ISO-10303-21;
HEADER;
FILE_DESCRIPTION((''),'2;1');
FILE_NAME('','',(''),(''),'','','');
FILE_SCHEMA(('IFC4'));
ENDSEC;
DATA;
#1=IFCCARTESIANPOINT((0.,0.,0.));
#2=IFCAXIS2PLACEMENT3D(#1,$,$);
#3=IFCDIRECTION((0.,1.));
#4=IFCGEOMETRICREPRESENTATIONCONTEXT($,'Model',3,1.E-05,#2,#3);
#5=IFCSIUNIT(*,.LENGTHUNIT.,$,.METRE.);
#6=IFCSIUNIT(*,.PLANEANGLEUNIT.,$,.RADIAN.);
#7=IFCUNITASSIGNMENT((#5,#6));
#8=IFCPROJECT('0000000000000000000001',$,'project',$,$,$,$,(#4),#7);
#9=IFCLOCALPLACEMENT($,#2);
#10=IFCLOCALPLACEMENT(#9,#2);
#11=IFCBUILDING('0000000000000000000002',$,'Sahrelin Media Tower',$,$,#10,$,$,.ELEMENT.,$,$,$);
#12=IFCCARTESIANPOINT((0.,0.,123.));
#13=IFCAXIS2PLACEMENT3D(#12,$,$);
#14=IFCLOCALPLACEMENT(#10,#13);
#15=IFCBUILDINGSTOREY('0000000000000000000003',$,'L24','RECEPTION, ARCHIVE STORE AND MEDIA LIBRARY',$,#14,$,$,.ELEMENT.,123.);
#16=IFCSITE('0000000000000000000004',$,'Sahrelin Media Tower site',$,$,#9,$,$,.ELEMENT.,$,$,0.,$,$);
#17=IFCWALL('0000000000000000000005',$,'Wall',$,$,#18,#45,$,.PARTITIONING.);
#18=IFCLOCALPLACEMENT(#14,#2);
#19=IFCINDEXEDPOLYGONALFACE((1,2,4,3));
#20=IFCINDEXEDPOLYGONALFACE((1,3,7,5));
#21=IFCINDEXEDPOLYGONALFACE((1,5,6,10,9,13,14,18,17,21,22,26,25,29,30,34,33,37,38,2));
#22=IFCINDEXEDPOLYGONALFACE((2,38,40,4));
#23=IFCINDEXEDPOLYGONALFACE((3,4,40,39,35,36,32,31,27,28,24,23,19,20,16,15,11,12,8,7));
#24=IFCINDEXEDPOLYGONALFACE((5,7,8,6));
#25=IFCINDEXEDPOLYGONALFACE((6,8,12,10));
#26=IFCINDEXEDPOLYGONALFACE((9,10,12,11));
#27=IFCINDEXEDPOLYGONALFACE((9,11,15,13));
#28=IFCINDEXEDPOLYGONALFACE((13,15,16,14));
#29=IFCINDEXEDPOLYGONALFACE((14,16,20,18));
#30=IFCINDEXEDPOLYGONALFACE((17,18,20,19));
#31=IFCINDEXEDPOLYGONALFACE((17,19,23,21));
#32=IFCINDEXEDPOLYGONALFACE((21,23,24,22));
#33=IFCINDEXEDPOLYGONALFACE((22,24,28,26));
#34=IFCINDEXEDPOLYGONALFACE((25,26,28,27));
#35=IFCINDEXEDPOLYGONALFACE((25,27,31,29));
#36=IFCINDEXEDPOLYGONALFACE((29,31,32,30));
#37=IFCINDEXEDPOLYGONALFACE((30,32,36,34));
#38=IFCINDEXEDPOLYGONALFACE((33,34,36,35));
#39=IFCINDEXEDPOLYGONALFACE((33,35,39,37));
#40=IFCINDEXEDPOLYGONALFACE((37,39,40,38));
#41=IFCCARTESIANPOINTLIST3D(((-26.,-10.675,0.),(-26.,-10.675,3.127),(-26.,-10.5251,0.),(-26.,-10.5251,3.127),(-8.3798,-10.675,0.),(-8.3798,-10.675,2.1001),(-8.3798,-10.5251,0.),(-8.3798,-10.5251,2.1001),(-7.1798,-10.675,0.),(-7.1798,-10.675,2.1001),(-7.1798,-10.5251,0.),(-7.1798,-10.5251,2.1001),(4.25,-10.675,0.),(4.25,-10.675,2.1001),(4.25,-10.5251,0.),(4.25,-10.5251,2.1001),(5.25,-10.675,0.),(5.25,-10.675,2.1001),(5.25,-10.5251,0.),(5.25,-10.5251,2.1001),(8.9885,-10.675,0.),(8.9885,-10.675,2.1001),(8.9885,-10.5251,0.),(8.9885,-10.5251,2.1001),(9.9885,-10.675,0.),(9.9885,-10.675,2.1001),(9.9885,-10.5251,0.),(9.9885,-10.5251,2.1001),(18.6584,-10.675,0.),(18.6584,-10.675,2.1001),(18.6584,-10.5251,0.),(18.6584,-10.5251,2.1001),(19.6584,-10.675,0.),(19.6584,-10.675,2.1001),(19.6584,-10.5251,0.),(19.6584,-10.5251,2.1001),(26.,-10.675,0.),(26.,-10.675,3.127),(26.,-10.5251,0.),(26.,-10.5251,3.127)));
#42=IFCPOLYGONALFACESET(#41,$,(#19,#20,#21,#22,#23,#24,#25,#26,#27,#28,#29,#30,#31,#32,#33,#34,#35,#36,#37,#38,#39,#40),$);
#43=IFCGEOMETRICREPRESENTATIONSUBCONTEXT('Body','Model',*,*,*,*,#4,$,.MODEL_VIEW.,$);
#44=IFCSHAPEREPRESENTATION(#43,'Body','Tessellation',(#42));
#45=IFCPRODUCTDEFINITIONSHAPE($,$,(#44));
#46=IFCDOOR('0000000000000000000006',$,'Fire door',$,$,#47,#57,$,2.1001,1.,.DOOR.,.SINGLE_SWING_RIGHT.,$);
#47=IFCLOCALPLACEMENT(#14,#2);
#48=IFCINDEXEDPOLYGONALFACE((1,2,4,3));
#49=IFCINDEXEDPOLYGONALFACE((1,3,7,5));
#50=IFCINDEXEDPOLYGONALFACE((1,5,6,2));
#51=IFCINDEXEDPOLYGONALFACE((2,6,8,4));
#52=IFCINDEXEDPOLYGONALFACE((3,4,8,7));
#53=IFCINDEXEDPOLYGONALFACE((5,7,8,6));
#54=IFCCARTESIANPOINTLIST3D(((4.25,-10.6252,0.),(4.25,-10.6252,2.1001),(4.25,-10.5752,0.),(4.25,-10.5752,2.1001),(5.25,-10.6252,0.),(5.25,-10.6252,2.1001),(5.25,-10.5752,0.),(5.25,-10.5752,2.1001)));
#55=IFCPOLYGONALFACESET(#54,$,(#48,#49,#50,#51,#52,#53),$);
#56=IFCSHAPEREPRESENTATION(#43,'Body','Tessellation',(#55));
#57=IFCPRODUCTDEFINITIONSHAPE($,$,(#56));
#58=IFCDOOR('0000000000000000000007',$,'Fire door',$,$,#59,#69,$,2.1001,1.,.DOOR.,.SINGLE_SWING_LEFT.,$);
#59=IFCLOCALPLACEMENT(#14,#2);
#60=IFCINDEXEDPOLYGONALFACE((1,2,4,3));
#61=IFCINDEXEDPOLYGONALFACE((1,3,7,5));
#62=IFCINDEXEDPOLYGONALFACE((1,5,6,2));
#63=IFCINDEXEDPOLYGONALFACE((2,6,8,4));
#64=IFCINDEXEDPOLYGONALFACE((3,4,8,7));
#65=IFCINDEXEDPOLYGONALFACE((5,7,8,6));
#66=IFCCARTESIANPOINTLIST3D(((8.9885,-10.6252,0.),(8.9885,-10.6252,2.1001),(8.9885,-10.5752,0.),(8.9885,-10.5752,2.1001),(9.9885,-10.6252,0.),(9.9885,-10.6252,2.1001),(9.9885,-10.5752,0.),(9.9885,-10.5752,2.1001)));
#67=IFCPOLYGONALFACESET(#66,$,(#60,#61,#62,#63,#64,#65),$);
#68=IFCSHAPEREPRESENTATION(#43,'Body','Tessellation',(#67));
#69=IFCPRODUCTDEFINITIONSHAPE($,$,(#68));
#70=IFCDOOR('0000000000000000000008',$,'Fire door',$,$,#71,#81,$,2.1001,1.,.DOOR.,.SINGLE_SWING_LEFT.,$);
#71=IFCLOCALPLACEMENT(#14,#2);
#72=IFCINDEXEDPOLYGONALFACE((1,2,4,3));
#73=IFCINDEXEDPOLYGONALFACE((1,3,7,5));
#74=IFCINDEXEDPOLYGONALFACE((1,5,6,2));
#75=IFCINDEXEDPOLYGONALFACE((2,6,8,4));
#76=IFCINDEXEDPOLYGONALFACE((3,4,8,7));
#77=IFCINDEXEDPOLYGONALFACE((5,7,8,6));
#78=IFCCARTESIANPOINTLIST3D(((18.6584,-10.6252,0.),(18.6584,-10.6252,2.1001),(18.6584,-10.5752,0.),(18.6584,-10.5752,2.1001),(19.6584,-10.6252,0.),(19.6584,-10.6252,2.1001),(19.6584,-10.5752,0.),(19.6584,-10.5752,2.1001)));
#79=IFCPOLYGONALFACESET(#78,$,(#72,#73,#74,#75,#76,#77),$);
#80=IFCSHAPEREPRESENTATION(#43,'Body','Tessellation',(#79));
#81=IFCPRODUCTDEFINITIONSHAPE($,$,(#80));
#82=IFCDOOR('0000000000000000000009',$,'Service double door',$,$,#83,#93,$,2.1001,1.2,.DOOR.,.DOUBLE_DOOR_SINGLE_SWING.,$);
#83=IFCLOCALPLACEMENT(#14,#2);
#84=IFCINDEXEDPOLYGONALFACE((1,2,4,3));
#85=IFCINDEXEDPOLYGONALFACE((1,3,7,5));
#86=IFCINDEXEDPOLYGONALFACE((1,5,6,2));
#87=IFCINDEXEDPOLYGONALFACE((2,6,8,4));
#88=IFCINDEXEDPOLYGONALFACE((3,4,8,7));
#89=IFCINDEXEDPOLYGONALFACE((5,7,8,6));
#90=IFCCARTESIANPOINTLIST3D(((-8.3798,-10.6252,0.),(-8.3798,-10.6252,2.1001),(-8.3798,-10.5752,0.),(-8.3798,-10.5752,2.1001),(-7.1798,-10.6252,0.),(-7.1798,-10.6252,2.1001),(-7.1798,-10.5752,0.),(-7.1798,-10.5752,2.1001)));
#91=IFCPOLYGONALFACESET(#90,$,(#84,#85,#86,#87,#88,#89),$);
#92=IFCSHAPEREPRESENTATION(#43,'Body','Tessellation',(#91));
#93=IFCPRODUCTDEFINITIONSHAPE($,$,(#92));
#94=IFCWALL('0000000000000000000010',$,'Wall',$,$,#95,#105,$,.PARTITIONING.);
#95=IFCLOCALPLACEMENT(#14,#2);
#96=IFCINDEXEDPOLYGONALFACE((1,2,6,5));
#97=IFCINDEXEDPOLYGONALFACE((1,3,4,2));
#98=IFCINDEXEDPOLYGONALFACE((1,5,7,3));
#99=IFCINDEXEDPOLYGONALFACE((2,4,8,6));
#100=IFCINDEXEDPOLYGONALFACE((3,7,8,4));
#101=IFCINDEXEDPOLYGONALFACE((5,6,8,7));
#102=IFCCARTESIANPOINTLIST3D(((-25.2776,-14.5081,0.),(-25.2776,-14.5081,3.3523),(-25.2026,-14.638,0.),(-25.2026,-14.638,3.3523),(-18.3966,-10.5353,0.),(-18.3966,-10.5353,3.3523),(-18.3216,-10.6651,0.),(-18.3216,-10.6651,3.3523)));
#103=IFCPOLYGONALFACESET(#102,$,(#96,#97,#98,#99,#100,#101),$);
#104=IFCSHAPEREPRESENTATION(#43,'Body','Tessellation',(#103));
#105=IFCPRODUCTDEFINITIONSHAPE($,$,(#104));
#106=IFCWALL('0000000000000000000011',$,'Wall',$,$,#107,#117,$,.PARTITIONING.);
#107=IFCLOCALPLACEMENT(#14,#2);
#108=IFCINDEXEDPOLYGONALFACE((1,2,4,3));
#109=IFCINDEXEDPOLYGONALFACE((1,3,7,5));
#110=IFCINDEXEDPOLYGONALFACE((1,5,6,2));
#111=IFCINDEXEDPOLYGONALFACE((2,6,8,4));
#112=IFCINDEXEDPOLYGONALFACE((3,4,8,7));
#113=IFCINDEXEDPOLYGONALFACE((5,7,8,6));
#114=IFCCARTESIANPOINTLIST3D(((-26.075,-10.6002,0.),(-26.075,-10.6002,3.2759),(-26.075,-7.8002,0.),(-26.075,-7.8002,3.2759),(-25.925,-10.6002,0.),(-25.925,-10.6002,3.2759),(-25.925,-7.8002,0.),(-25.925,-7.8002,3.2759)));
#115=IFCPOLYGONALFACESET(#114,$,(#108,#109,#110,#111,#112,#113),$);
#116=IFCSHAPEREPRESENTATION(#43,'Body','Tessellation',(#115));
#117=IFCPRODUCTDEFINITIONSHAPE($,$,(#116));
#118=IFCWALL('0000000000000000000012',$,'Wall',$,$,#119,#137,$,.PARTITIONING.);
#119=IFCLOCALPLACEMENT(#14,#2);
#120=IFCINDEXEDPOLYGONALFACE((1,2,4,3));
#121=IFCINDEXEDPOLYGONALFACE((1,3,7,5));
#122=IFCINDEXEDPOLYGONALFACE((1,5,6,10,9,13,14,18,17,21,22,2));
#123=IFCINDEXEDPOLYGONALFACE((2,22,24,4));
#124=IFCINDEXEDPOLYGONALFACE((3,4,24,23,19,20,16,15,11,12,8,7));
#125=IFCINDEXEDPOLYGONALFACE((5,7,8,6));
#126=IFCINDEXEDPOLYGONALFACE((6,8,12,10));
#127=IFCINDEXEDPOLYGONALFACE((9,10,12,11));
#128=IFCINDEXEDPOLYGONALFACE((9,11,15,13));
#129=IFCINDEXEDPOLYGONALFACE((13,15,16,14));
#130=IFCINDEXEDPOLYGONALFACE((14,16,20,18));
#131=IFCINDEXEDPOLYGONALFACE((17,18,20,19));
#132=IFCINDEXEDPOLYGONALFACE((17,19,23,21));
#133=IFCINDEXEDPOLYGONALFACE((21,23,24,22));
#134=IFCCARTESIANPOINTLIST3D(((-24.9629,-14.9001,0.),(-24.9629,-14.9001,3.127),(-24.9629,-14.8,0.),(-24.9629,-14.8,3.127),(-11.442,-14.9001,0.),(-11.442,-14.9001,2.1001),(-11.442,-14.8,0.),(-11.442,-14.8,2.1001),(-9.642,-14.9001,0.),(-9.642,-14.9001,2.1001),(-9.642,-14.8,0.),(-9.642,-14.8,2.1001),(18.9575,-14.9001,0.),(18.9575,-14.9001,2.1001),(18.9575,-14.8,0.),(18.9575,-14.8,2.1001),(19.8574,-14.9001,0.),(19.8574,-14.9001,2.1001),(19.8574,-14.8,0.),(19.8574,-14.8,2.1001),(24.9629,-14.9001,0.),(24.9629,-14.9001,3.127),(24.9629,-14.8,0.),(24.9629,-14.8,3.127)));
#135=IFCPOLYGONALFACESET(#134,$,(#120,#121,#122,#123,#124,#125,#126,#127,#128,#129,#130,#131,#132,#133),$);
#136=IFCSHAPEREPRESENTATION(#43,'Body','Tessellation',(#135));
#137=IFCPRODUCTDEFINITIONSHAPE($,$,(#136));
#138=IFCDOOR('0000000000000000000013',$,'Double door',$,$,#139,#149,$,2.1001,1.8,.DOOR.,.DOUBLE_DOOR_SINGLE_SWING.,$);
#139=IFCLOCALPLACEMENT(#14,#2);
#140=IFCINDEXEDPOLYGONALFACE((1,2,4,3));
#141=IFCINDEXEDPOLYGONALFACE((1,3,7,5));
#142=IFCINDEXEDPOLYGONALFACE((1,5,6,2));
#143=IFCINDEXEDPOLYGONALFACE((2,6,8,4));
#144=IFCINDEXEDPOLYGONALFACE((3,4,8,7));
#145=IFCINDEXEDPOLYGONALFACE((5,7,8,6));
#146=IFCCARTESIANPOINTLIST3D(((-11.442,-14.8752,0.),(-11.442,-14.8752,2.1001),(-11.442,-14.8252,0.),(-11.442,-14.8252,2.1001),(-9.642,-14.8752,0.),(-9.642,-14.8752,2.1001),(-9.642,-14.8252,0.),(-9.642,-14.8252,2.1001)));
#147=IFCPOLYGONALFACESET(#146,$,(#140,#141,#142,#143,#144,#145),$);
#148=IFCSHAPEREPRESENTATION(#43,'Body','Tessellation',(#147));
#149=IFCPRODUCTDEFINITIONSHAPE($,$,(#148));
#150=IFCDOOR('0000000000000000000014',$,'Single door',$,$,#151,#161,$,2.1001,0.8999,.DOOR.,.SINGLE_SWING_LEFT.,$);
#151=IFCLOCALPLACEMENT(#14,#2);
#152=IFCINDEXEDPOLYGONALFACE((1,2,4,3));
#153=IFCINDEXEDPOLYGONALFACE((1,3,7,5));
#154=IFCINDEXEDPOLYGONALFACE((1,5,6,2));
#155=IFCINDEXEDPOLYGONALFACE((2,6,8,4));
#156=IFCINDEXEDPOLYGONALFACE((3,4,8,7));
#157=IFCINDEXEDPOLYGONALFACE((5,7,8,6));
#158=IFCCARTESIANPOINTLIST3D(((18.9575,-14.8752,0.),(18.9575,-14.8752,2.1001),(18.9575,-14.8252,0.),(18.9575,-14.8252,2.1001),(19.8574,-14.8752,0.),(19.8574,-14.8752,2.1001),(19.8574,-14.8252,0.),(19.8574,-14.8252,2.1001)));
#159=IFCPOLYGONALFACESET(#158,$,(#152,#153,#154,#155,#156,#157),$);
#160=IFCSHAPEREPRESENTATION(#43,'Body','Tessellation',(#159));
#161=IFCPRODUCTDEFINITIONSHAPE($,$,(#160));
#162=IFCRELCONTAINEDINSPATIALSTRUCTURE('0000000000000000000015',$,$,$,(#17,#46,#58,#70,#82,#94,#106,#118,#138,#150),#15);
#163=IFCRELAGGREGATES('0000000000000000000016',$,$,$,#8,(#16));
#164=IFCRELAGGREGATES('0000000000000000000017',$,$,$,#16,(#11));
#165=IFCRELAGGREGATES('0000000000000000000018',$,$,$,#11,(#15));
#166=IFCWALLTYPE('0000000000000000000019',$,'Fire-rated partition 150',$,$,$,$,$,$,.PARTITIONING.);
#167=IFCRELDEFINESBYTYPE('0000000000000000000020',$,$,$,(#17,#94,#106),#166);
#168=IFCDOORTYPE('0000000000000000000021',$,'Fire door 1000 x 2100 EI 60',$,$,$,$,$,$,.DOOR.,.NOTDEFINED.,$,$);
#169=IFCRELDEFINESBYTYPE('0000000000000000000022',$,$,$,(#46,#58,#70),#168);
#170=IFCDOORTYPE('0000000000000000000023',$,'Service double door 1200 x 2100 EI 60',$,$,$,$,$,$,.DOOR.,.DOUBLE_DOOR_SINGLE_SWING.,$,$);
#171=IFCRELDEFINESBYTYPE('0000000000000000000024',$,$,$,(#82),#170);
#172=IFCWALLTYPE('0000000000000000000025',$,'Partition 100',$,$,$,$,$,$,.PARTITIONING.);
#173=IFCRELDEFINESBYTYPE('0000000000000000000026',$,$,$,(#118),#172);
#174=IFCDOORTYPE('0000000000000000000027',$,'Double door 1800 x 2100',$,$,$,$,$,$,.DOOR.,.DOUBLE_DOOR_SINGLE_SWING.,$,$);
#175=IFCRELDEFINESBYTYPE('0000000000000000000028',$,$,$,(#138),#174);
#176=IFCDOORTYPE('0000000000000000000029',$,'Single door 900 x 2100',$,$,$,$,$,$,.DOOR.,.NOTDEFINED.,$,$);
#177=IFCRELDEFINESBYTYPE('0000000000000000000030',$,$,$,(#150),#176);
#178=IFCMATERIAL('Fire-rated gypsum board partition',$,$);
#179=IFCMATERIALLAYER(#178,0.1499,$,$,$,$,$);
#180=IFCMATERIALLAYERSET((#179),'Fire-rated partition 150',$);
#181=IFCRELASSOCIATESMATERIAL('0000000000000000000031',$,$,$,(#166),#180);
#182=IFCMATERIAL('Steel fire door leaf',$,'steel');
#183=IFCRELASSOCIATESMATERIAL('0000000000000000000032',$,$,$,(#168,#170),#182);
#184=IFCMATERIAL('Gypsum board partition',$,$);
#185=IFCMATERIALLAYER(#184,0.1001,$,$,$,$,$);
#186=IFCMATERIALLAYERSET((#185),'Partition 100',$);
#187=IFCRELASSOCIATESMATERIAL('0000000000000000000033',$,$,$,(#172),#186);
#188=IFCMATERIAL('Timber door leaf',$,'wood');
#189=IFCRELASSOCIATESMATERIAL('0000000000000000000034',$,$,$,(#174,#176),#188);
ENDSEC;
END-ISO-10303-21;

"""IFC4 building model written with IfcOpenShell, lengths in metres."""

from ifc_helpers import new_model, si_unit, direction, frame, frame_2d, origin, place, context, subcontext, project, spatial, rectangle, extrude, material, layer, layer_set, type_object, element, fill, save


model = new_model("IFC4")

# Units and contexts
model_context = context("Model", 3, precision=1e-05, world=origin(), true_north=direction((0.0, 1.0)))
body_context = subcontext(model_context, "Body", "Model", "MODEL_VIEW")
ifc_project = project(units=[si_unit("LENGTHUNIT", "METRE"), si_unit("PLANEANGLEUNIT", "RADIAN")], contexts=[model_context])

# Site, building, storey
site_placement = place(None, origin())
site = spatial("IfcSite", under=ifc_project, at=site_placement, Name="Sahrelin Media Tower site", CompositionType="ELEMENT", RefElevation=0.0)
building_placement = place(site_placement, origin())
building = spatial("IfcBuilding", under=site, at=building_placement, Name="Sahrelin Media Tower", CompositionType="ELEMENT")
storey_placement = place(building_placement, frame((0.0, 0.0, 123.0)))
storey = spatial("IfcBuildingStorey", under=building, at=storey_placement, Name="L24", Description="RECEPTION, ARCHIVE STORE AND MEDIA LIBRARY", CompositionType="ELEMENT", Elevation=123.0)

# Wall, openings, doors
ifc_material_1 = material(Name="Fire-rated gypsum board partition")
ifc_layer_1 = layer(ifc_material_1, 0.1499)
ifc_layer_set_1 = layer_set([ifc_layer_1], Name="Fire-rated partition 150")
wall_type_1 = type_object("IfcWallType", Name="Fire-rated partition 150", PredefinedType="PARTITIONING", material=ifc_layer_set_1)
wall_1_placement = place(storey_placement, frame((-26.0, -10.6001, 0.0), z_axis=(0.0, 0.0, 1.0), x_axis=(1.0, 0.0, 0.0)))
wall_1 = element("IfcWall", 1, at=wall_1_placement, inside=storey, type_object=wall_type_1, Name="Wall", PredefinedType="PARTITIONING", context=body_context, shape_type="SweptSolid", body=[
    extrude(rectangle(XDim=52.0, YDim=0.1499, at=frame_2d((26.0, 0.0))), origin(), (0.0, 0.0, 1.0), 3.127),
])
opening_1_placement = place(wall_1_placement, frame((17.6201, 0.0, 0.0)))
opening_1 = element("IfcOpeningElement", 2, at=opening_1_placement, cuts=wall_1, PredefinedType="OPENING", context=body_context, shape_type="SweptSolid", body=[
    extrude(rectangle(XDim=1.2, YDim=2.1001, at=frame_2d((0.6001, 1.05))), frame((0.0, 0.075, 0.0), z_axis=(0.0, -1.0, 0.0), x_axis=(1.0, 0.0, 0.0)), (0.0, 0.0, 1.0), 0.1499),
])
opening_2_placement = place(wall_1_placement, frame((30.25, 0.0, 0.0)))
opening_2 = element("IfcOpeningElement", 3, at=opening_2_placement, cuts=wall_1, PredefinedType="OPENING", context=body_context, shape_type="SweptSolid", body=[
    extrude(rectangle(XDim=1.0, YDim=2.1001, at=frame_2d((0.5, 1.05))), frame((0.0, 0.075, 0.0), z_axis=(0.0, -1.0, 0.0), x_axis=(1.0, 0.0, 0.0)), (0.0, 0.0, 1.0), 0.1499),
])
opening_3_placement = place(wall_1_placement, frame((34.9885, 0.0, 0.0)))
opening_3 = element("IfcOpeningElement", 4, at=opening_3_placement, cuts=wall_1, PredefinedType="OPENING", context=body_context, shape_type="SweptSolid", body=[
    extrude(rectangle(XDim=1.0, YDim=2.1001, at=frame_2d((0.5, 1.05))), frame((0.0, 0.075, 0.0), z_axis=(0.0, -1.0, 0.0), x_axis=(1.0, 0.0, 0.0)), (0.0, 0.0, 1.0), 0.1499),
])
opening_4_placement = place(wall_1_placement, frame((44.6584, 0.0, 0.0)))
opening_4 = element("IfcOpeningElement", 5, at=opening_4_placement, cuts=wall_1, PredefinedType="OPENING", context=body_context, shape_type="SweptSolid", body=[
    extrude(rectangle(XDim=1.0, YDim=2.1001, at=frame_2d((0.5, 1.05))), frame((0.0, 0.075, 0.0), z_axis=(0.0, -1.0, 0.0), x_axis=(1.0, 0.0, 0.0)), (0.0, 0.0, 1.0), 0.1499),
])
ifc_material_2 = material(Name="Steel fire door leaf", Category="steel")
door_type_1 = type_object("IfcDoorType", Name="Fire door 1000 x 2100 EI 60", OperationType="NOTDEFINED", PredefinedType="DOOR", material=ifc_material_2)
door_1_placement = place(opening_2_placement, origin())
door_1 = element("IfcDoor", 6, at=door_1_placement, inside=storey, type_object=door_type_1, Name="Fire door", OperationType="SINGLE_SWING_RIGHT", OverallHeight=2.1001, OverallWidth=1.0, PredefinedType="DOOR", context=body_context, shape_type="SweptSolid", body=[
    extrude(rectangle(XDim=1.0, YDim=2.1001, at=frame_2d((0.5, 1.05))), frame((0.0, 0.0249, 0.0), z_axis=(0.0, -1.0, 0.0), x_axis=(1.0, 0.0, 0.0)), (0.0, 0.0, 1.0), 0.05),
])
fill(opening_2, door_1)
door_2_placement = place(opening_3_placement, origin())
door_2 = element("IfcDoor", 7, at=door_2_placement, inside=storey, type_object=door_type_1, Name="Fire door", OperationType="SINGLE_SWING_LEFT", OverallHeight=2.1001, OverallWidth=1.0, PredefinedType="DOOR", context=body_context, shape_type="SweptSolid", body=[
    extrude(rectangle(XDim=1.0, YDim=2.1001, at=frame_2d((0.5, 1.05))), frame((0.0, 0.0249, 0.0), z_axis=(0.0, -1.0, 0.0), x_axis=(1.0, 0.0, 0.0)), (0.0, 0.0, 1.0), 0.05),
])
fill(opening_3, door_2)
door_3_placement = place(opening_4_placement, origin())
door_3 = element("IfcDoor", 8, at=door_3_placement, inside=storey, type_object=door_type_1, Name="Fire door", OperationType="SINGLE_SWING_LEFT", OverallHeight=2.1001, OverallWidth=1.0, PredefinedType="DOOR", context=body_context, shape_type="SweptSolid", body=[
    extrude(rectangle(XDim=1.0, YDim=2.1001, at=frame_2d((0.5, 1.05))), frame((0.0, 0.0249, 0.0), z_axis=(0.0, -1.0, 0.0), x_axis=(1.0, 0.0, 0.0)), (0.0, 0.0, 1.0), 0.05),
])
fill(opening_4, door_3)
door_type_2 = type_object("IfcDoorType", Name="Service double door 1200 x 2100 EI 60", OperationType="DOUBLE_DOOR_SINGLE_SWING", PredefinedType="DOOR", material=ifc_material_2)
door_4_placement = place(opening_1_placement, origin())
door_4 = element("IfcDoor", 9, at=door_4_placement, inside=storey, type_object=door_type_2, Name="Service double door", OperationType="DOUBLE_DOOR_SINGLE_SWING", OverallHeight=2.1001, OverallWidth=1.2, PredefinedType="DOOR", context=body_context, shape_type="SweptSolid", body=[
    extrude(rectangle(XDim=1.2, YDim=2.1001, at=frame_2d((0.6001, 1.05))), frame((0.0, 0.0249, 0.0), z_axis=(0.0, -1.0, 0.0), x_axis=(1.0, 0.0, 0.0)), (0.0, 0.0, 1.0), 0.05),
])
fill(opening_1, door_4)

# Walls
wall_2_placement = place(storey_placement, frame((-25.24, -14.573, 0.0), z_axis=(0.0, 0.0, 1.0), x_axis=(0.86602, 0.500009, 0.0)))
element("IfcWall", 10, at=wall_2_placement, inside=storey, type_object=wall_type_1, Name="Wall", PredefinedType="PARTITIONING", context=body_context, shape_type="SweptSolid", body=[
    extrude(rectangle(XDim=7.9456, YDim=0.1499, at=frame_2d((3.9727, 0.0))), origin(), (0.0, 0.0, 1.0), 3.3523),
])
wall_3_placement = place(storey_placement, frame((-26.0, -10.6001, 0.0), z_axis=(0.0, 0.0, 1.0), x_axis=(0.0, 1.0, 0.0)))
element("IfcWall", 11, at=wall_3_placement, inside=storey, type_object=wall_type_1, Name="Wall", PredefinedType="PARTITIONING", context=body_context, shape_type="SweptSolid", body=[
    extrude(rectangle(XDim=2.8, YDim=0.1499, at=frame_2d((1.3999, 0.0))), origin(), (0.0, 0.0, 1.0), 3.2759),
])

# Wall, openings, doors
ifc_material_3 = material(Name="Gypsum board partition")
ifc_layer_2 = layer(ifc_material_3, 0.1001)
ifc_layer_set_2 = layer_set([ifc_layer_2], Name="Partition 100")
wall_type_2 = type_object("IfcWallType", Name="Partition 100", PredefinedType="PARTITIONING", material=ifc_layer_set_2)
wall_4_placement = place(storey_placement, frame((-24.9629, -14.8501, 0.0), z_axis=(0.0, 0.0, 1.0), x_axis=(1.0, 0.0, 0.0)))
wall_4 = element("IfcWall", 12, at=wall_4_placement, inside=storey, type_object=wall_type_2, Name="Wall", PredefinedType="PARTITIONING", context=body_context, shape_type="SweptSolid", body=[
    extrude(rectangle(XDim=49.9258, YDim=0.1001, at=frame_2d((24.9629, 0.0))), origin(), (0.0, 0.0, 1.0), 3.127),
])
opening_5_placement = place(wall_4_placement, frame((13.521, 0.0, 0.0)))
opening_5 = element("IfcOpeningElement", 13, at=opening_5_placement, cuts=wall_4, PredefinedType="OPENING", context=body_context, shape_type="SweptSolid", body=[
    extrude(rectangle(XDim=1.8, YDim=2.1001, at=frame_2d((0.8999, 1.05))), frame((0.0, 0.05, 0.0), z_axis=(0.0, -1.0, 0.0), x_axis=(1.0, 0.0, 0.0)), (0.0, 0.0, 1.0), 0.1001),
])
opening_6_placement = place(wall_4_placement, frame((43.9204, 0.0, 0.0)))
opening_6 = element("IfcOpeningElement", 14, at=opening_6_placement, cuts=wall_4, PredefinedType="OPENING", context=body_context, shape_type="SweptSolid", body=[
    extrude(rectangle(XDim=0.8999, YDim=2.1001, at=frame_2d((0.45, 1.05))), frame((0.0, 0.05, 0.0), z_axis=(0.0, -1.0, 0.0), x_axis=(1.0, 0.0, 0.0)), (0.0, 0.0, 1.0), 0.1001),
])
ifc_material_4 = material(Name="Timber door leaf", Category="wood")
door_type_3 = type_object("IfcDoorType", Name="Double door 1800 x 2100", OperationType="DOUBLE_DOOR_SINGLE_SWING", PredefinedType="DOOR", material=ifc_material_4)
door_5_placement = place(opening_5_placement, origin())
door_5 = element("IfcDoor", 15, at=door_5_placement, inside=storey, type_object=door_type_3, Name="Double door", OperationType="DOUBLE_DOOR_SINGLE_SWING", OverallHeight=2.1001, OverallWidth=1.8, PredefinedType="DOOR", context=body_context, shape_type="SweptSolid", body=[
    extrude(rectangle(XDim=1.8, YDim=2.1001, at=frame_2d((0.8999, 1.05))), frame((0.0, 0.0249, 0.0), z_axis=(0.0, -1.0, 0.0), x_axis=(1.0, 0.0, 0.0)), (0.0, 0.0, 1.0), 0.05),
])
fill(opening_5, door_5)
door_type_4 = type_object("IfcDoorType", Name="Single door 900 x 2100", OperationType="NOTDEFINED", PredefinedType="DOOR", material=ifc_material_4)
door_6_placement = place(opening_6_placement, origin())
door_6 = element("IfcDoor", 16, at=door_6_placement, inside=storey, type_object=door_type_4, Name="Single door", OperationType="SINGLE_SWING_LEFT", OverallHeight=2.1001, OverallWidth=0.8999, PredefinedType="DOOR", context=body_context, shape_type="SweptSolid", body=[
    extrude(rectangle(XDim=0.8999, YDim=2.1001, at=frame_2d((0.45, 1.05))), frame((0.0, 0.0249, 0.0), z_axis=(0.0, -1.0, 0.0), x_axis=(1.0, 0.0, 0.0)), (0.0, 0.0, 1.0), 0.05),
])
fill(opening_6, door_6)

save(model, "model.ifc")
